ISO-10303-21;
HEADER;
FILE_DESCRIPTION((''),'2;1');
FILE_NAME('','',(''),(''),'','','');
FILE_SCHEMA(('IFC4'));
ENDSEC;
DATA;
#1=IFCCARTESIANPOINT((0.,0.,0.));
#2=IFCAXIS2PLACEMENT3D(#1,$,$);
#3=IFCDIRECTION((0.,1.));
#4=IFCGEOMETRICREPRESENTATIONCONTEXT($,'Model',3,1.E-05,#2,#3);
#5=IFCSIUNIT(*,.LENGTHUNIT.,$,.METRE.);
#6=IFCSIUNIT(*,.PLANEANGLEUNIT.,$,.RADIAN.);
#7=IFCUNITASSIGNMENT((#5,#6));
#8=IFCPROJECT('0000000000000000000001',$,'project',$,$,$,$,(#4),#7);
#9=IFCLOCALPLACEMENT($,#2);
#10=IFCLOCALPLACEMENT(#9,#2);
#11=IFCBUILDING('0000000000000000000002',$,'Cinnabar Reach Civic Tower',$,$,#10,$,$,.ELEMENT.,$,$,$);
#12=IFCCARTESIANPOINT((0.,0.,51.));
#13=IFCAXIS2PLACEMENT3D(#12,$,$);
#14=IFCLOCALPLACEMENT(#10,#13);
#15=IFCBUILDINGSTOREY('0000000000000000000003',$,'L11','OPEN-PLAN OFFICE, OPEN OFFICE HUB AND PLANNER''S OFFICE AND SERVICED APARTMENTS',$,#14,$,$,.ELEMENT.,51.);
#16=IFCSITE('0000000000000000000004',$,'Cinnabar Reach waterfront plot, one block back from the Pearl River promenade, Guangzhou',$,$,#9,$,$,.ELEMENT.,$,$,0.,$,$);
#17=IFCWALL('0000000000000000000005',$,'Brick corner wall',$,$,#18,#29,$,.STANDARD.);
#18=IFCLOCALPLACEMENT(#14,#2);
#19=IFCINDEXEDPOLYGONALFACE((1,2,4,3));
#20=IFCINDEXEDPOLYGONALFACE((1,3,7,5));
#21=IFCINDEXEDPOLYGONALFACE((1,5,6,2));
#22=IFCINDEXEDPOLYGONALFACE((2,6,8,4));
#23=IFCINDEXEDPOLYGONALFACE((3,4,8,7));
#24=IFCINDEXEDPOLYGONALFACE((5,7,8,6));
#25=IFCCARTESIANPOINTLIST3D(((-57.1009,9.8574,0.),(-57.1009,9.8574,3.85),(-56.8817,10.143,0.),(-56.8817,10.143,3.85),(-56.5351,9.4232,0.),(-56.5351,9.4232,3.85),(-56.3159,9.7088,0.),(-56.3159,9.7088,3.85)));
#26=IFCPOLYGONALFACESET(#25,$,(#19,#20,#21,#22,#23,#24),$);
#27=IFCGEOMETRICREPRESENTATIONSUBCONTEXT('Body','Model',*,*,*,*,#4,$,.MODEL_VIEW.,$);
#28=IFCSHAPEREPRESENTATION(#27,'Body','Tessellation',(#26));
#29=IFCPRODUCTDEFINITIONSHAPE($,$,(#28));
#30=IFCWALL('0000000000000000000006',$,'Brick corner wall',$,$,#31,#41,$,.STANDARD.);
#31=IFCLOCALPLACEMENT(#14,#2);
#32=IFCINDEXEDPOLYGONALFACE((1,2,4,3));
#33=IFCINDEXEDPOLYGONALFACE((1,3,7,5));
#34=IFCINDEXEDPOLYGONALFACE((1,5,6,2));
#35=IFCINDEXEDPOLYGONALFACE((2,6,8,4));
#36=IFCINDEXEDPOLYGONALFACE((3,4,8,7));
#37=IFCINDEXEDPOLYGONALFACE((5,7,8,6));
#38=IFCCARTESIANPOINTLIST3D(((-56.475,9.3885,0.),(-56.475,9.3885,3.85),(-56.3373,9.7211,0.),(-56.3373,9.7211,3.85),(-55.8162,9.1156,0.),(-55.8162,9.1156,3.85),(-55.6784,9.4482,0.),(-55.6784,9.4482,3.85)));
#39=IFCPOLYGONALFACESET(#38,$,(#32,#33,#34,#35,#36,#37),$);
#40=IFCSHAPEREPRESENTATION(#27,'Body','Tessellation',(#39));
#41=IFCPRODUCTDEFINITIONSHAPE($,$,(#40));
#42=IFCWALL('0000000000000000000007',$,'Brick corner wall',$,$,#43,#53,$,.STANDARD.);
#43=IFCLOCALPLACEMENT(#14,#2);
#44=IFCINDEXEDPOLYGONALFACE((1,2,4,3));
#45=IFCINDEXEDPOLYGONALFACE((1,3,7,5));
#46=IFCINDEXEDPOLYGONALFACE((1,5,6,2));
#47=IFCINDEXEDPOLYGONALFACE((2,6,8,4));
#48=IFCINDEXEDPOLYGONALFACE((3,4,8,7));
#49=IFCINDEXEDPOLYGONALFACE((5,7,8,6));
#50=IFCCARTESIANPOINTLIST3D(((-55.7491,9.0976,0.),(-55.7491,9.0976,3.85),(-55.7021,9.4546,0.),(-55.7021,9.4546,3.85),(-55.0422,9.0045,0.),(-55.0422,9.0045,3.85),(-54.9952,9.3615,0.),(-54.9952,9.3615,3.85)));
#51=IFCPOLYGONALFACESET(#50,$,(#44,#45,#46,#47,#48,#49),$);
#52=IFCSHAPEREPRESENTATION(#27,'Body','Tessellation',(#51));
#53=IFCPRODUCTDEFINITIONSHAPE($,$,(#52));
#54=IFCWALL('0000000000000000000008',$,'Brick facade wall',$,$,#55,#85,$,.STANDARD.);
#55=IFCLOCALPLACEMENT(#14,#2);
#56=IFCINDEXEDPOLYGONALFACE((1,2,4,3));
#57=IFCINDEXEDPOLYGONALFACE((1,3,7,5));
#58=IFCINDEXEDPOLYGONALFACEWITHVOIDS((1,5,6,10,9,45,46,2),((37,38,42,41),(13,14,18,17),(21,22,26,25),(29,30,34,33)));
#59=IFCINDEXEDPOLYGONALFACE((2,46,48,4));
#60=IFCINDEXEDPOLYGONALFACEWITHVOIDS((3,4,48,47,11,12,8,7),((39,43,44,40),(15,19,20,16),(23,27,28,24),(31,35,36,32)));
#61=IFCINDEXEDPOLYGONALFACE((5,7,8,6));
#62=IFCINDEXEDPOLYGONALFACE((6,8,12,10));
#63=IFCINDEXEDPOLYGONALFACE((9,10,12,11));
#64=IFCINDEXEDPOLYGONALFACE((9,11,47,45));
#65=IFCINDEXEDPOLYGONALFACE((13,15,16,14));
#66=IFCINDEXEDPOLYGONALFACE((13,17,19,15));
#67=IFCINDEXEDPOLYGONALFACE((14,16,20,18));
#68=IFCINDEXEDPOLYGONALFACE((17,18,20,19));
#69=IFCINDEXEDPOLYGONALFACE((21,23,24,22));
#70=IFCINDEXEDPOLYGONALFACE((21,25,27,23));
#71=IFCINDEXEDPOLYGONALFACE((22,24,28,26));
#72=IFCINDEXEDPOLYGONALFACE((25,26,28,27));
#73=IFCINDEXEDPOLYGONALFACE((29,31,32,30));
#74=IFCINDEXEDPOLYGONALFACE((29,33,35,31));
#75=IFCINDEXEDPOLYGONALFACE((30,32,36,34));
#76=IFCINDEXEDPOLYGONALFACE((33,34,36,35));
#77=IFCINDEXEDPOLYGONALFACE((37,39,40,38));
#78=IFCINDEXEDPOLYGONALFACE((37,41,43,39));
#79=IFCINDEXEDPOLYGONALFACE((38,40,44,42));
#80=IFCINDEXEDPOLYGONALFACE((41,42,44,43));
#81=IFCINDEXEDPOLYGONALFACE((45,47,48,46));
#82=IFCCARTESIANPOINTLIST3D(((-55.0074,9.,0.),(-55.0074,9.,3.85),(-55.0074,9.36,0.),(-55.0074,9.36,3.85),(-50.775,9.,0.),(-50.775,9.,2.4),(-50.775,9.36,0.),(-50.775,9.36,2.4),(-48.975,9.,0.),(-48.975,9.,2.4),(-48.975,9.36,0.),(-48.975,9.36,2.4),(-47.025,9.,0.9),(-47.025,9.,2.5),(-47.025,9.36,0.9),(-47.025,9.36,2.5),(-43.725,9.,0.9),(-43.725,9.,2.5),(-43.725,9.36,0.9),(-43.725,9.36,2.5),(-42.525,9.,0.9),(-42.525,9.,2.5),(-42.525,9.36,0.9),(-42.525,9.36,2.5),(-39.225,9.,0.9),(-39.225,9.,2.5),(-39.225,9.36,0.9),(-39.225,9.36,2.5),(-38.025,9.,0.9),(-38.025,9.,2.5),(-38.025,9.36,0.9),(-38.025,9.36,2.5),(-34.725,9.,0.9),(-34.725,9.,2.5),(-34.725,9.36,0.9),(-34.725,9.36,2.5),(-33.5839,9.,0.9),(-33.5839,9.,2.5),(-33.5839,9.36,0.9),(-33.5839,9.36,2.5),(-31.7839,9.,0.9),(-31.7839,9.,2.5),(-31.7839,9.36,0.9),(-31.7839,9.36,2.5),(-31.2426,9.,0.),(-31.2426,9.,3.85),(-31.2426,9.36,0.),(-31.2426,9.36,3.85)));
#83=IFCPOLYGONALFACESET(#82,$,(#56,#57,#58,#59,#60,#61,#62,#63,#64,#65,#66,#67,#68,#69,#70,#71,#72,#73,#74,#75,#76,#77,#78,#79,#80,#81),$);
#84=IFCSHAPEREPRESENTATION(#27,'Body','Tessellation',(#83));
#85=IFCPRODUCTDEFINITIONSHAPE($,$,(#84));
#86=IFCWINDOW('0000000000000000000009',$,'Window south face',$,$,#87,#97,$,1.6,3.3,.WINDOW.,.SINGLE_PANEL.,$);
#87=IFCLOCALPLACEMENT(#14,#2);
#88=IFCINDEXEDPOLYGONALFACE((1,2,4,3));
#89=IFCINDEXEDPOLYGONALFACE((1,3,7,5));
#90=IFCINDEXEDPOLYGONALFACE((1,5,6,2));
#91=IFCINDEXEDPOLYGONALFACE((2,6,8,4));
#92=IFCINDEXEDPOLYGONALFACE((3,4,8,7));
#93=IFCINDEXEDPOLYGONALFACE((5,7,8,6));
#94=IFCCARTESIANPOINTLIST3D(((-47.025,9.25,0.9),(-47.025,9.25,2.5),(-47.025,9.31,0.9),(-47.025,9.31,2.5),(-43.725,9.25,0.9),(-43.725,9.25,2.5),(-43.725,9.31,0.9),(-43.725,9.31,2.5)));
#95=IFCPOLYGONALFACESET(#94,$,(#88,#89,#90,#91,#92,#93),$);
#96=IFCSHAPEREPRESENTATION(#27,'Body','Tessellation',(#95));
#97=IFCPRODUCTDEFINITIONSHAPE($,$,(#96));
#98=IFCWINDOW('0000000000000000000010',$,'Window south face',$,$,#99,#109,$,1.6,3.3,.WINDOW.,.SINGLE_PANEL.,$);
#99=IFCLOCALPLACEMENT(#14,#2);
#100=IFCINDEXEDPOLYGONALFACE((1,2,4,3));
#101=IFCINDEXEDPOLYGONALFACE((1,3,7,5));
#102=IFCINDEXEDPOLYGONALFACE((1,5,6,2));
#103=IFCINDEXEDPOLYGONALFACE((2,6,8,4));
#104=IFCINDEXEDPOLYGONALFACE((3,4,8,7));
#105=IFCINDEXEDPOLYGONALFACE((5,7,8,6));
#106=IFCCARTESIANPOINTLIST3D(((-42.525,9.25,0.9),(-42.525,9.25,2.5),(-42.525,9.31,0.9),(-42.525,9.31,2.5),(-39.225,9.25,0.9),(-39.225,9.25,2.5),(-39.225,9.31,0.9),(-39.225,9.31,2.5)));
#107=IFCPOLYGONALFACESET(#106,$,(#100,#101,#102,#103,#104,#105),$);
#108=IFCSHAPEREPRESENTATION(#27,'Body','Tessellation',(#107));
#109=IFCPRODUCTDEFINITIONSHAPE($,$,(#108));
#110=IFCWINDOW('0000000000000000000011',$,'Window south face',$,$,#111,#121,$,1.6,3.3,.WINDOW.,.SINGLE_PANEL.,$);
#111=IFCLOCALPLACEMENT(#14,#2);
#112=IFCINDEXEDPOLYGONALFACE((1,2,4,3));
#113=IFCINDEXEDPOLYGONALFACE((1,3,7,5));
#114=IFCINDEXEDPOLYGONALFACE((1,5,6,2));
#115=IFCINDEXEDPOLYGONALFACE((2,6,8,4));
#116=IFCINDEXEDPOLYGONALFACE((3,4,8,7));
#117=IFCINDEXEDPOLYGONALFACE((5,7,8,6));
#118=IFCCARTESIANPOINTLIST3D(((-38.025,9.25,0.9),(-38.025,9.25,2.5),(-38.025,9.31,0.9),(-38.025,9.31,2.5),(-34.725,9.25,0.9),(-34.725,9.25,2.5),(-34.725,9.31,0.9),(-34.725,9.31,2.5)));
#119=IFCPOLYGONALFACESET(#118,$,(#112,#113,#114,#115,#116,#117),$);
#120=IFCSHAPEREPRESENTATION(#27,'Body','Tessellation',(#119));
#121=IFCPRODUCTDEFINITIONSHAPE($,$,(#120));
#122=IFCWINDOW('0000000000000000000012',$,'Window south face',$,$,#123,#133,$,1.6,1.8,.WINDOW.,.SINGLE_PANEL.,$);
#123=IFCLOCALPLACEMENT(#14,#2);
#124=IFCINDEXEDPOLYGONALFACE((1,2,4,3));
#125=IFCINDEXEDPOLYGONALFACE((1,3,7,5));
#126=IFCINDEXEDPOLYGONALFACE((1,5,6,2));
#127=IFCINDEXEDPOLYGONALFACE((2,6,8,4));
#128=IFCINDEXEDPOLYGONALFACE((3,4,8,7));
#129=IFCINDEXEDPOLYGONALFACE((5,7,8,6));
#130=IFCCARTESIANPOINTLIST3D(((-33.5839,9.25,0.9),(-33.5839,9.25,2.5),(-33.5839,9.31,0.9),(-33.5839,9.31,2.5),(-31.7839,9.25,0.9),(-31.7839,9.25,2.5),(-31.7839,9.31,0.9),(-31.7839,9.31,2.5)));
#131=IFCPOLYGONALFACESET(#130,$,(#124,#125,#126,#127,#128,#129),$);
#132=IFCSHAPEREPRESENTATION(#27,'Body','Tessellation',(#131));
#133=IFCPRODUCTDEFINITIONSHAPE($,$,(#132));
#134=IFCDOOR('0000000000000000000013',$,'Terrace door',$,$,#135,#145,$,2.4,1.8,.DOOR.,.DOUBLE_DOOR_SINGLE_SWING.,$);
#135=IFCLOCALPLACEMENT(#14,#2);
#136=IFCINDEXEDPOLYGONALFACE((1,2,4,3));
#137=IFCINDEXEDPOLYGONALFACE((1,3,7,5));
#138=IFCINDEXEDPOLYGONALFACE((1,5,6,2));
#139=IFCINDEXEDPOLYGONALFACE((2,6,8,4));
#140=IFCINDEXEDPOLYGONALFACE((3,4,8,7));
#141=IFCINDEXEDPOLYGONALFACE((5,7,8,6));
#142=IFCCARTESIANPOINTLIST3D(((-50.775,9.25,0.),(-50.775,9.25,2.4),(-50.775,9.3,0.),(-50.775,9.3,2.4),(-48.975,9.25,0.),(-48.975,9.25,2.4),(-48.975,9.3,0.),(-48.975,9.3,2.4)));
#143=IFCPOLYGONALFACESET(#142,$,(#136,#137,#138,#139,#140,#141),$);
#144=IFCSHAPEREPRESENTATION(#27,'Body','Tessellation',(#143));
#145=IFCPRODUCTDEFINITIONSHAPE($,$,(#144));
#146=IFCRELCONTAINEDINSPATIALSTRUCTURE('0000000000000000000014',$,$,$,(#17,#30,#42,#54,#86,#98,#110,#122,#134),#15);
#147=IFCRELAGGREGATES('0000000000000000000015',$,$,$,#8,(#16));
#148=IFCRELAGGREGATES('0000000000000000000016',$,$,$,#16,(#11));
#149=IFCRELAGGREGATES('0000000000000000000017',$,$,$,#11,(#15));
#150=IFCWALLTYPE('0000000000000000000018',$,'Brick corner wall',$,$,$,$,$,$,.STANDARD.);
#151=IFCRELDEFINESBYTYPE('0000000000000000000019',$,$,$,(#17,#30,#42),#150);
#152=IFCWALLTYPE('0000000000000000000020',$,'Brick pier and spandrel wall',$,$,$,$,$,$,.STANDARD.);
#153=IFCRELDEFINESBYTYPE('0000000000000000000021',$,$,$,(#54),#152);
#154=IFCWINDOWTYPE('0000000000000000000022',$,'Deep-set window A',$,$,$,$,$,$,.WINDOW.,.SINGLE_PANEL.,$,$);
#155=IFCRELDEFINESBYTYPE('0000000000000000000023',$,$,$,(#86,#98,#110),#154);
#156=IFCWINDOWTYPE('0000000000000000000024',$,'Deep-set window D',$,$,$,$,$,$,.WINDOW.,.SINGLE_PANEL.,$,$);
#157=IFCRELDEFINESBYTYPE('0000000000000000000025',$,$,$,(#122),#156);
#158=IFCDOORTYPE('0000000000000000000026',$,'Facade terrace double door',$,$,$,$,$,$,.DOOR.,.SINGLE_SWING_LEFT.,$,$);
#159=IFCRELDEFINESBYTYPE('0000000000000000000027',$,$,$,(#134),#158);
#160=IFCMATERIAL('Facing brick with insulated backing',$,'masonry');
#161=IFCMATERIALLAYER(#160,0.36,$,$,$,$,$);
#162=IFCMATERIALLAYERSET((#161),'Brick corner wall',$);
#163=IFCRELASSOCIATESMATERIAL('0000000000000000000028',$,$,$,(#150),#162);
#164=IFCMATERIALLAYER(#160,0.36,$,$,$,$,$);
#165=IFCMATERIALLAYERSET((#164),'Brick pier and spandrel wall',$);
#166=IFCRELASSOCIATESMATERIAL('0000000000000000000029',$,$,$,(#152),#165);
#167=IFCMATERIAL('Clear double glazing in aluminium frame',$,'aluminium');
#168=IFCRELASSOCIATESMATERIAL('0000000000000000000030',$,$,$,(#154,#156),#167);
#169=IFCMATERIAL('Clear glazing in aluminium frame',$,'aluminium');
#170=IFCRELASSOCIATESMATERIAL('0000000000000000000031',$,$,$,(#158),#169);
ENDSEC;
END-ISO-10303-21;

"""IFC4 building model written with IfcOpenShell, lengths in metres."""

from ifc_helpers import new_model, si_unit, direction, frame, frame_2d, origin, place, context, subcontext, project, spatial, rectangle, extrude, material, layer, layer_set, type_object, element, fill, save


model = new_model("IFC4")

# Units and contexts
model_context = context("Model", 3, precision=1e-05, world=origin(), true_north=direction((0.0, 1.0)))
body_context = subcontext(model_context, "Body", "Model", "MODEL_VIEW")
ifc_project = project(units=[si_unit("LENGTHUNIT", "METRE"), si_unit("PLANEANGLEUNIT", "RADIAN")], contexts=[model_context])

# Site, building, storey
site_placement = place(None, origin())
site = spatial("IfcSite", under=ifc_project, at=site_placement, Name="Cinnabar Reach waterfront plot, one block back from the Pearl River promenade, Guangzhou", CompositionType="ELEMENT", RefElevation=0.0)
building_placement = place(site_placement, origin())
building = spatial("IfcBuilding", under=site, at=building_placement, Name="Cinnabar Reach Civic Tower", CompositionType="ELEMENT")
storey_placement = place(building_placement, frame((0.0, 0.0, 51.0)))
storey = spatial("IfcBuildingStorey", under=building, at=storey_placement, Name="L11", Description="OPEN-PLAN OFFICE, OPEN OFFICE HUB AND PLANNER'S OFFICE AND SERVICED APARTMENTS", CompositionType="ELEMENT", Elevation=51.0)

# Walls
ifc_material_1 = material(Name="Facing brick with insulated backing", Category="masonry")
ifc_layer_1 = layer(ifc_material_1, 0.36)
ifc_layer_set_1 = layer_set([ifc_layer_1], Name="Brick corner wall")
wall_type_1 = type_object("IfcWallType", Name="Brick corner wall", PredefinedType="STANDARD", material=ifc_layer_set_1)
wall_1_placement = place(storey_placement, frame((-56.9913, 10.0002, 0.0), z_axis=(0.0, 0.0, 1.0), x_axis=(0.793322, -0.608802, 0.0)))
element("IfcWall", 1, at=wall_1_placement, inside=storey, type_object=wall_type_1, Name="Brick corner wall", PredefinedType="STANDARD", context=body_context, shape_type="SweptSolid", body=[
    extrude(rectangle(XDim=0.7132, YDim=0.36, at=frame_2d((0.3566, 0.0))), origin(), (0.0, 0.0, 1.0), 3.85),
])
for number, where, z_axis, x_axis, name in (
    (2, (-56.4061, 9.5548, 0.0), (0.0, 0.0, 1.0), (0.923872, -0.382703, 0.0), "Brick corner wall"),
    (3, (-55.7256, 9.2761, 0.0), (0.0, 0.0, 1.0), (0.991441, -0.130556, 0.0), "Brick corner wall"),
):
    element("IfcWall", number, at=place(storey_placement, frame(where, z_axis=z_axis, x_axis=x_axis)), inside=storey, type_object=wall_type_1, Name=name, PredefinedType="STANDARD", context=body_context, shape_type="SweptSolid", body=[
        extrude(rectangle(XDim=0.7131, YDim=0.36, at=frame_2d((0.3565, 0.0))), origin(), (0.0, 0.0, 1.0), 3.85),
    ])

# Wall, openings, windows, door
ifc_layer_2 = layer(ifc_material_1, 0.36)
ifc_layer_set_2 = layer_set([ifc_layer_2], Name="Brick pier and spandrel wall")
wall_type_2 = type_object("IfcWallType", Name="Brick pier and spandrel wall", PredefinedType="STANDARD", material=ifc_layer_set_2)
wall_2_placement = place(storey_placement, frame((-55.0074, 9.18, 0.0), z_axis=(0.0, 0.0, 1.0), x_axis=(1.0, 0.0, 0.0)))
wall_2 = element("IfcWall", 4, at=wall_2_placement, inside=storey, type_object=wall_type_2, Name="Brick facade wall", PredefinedType="STANDARD", context=body_context, shape_type="SweptSolid", body=[
    extrude(rectangle(XDim=23.7648, YDim=0.36, at=frame_2d((11.8824, 0.0))), origin(), (0.0, 0.0, 1.0), 3.85),
])
opening_1_placement = place(wall_2_placement, frame((4.2324, 0.0, 0.0)))
opening_1 = element("IfcOpeningElement", 5, at=opening_1_placement, cuts=wall_2, PredefinedType="OPENING", context=body_context, shape_type="SweptSolid", body=[
    extrude(rectangle(XDim=1.8, YDim=2.4, at=frame_2d((0.9, 1.2))), frame((0.0, 0.19, 0.0), z_axis=(0.0, -1.0, 0.0), x_axis=(1.0, 0.0, 0.0)), (0.0, 0.0, 1.0), 0.38),
])
opening_2_placement = place(wall_2_placement, frame((7.9824, 0.0, 0.9)))
opening_2 = element("IfcOpeningElement", 6, at=opening_2_placement, cuts=wall_2, PredefinedType="OPENING", context=body_context, shape_type="SweptSolid", body=[
    extrude(rectangle(XDim=3.3, YDim=1.6, at=frame_2d((1.65, 0.8))), frame((0.0, 0.19, 0.0), z_axis=(0.0, -1.0, 0.0), x_axis=(1.0, 0.0, 0.0)), (0.0, 0.0, 1.0), 0.38),
])
opening_3_placement = place(wall_2_placement, frame((12.4824, 0.0, 0.9)))
opening_3 = element("IfcOpeningElement", 7, at=opening_3_placement, cuts=wall_2, PredefinedType="OPENING", context=body_context, shape_type="SweptSolid", body=[
    extrude(rectangle(XDim=3.3, YDim=1.6, at=frame_2d((1.65, 0.8))), frame((0.0, 0.19, 0.0), z_axis=(0.0, -1.0, 0.0), x_axis=(1.0, 0.0, 0.0)), (0.0, 0.0, 1.0), 0.38),
])
opening_4_placement = place(wall_2_placement, frame((16.9824, 0.0, 0.9)))
opening_4 = element("IfcOpeningElement", 8, at=opening_4_placement, cuts=wall_2, PredefinedType="OPENING", context=body_context, shape_type="SweptSolid", body=[
    extrude(rectangle(XDim=3.3, YDim=1.6, at=frame_2d((1.65, 0.8))), frame((0.0, 0.19, 0.0), z_axis=(0.0, -1.0, 0.0), x_axis=(1.0, 0.0, 0.0)), (0.0, 0.0, 1.0), 0.38),
])
opening_5_placement = place(wall_2_placement, frame((21.4235, 0.0, 0.9)))
opening_5 = element("IfcOpeningElement", 9, at=opening_5_placement, cuts=wall_2, PredefinedType="OPENING", context=body_context, shape_type="SweptSolid", body=[
    extrude(rectangle(XDim=1.8, YDim=1.6, at=frame_2d((0.9, 0.8))), frame((0.0, 0.19, 0.0), z_axis=(0.0, -1.0, 0.0), x_axis=(1.0, 0.0, 0.0)), (0.0, 0.0, 1.0), 0.38),
])
ifc_material_2 = material(Name="Clear double glazing in aluminium frame", Category="aluminium")
window_type_1 = type_object("IfcWindowType", Name="Deep-set window A", PartitioningType="SINGLE_PANEL", PredefinedType="WINDOW", material=ifc_material_2)
window_1_placement = place(opening_2_placement, origin())
window_1 = element("IfcWindow", 10, at=window_1_placement, inside=storey, type_object=window_type_1, Name="Window south face", OverallHeight=1.6, OverallWidth=3.3, PartitioningType="SINGLE_PANEL", PredefinedType="WINDOW", context=body_context, shape_type="SweptSolid", body=[
    extrude(rectangle(XDim=3.3, YDim=1.6, at=frame_2d((1.65, 0.8))), frame((0.0, 0.13, 0.0), z_axis=(0.0, -1.0, 0.0), x_axis=(1.0, 0.0, 0.0)), (0.0, 0.0, 1.0), 0.06),
])
fill(opening_2, window_1)
window_2_placement = place(opening_3_placement, origin())
window_2 = element("IfcWindow", 11, at=window_2_placement, inside=storey, type_object=window_type_1, Name="Window south face", OverallHeight=1.6, OverallWidth=3.3, PartitioningType="SINGLE_PANEL", PredefinedType="WINDOW", context=body_context, shape_type="SweptSolid", body=[
    extrude(rectangle(XDim=3.3, YDim=1.6, at=frame_2d((1.65, 0.8))), frame((0.0, 0.13, 0.0), z_axis=(0.0, -1.0, 0.0), x_axis=(1.0, 0.0, 0.0)), (0.0, 0.0, 1.0), 0.06),
])
fill(opening_3, window_2)
window_3_placement = place(opening_4_placement, origin())
window_3 = element("IfcWindow", 12, at=window_3_placement, inside=storey, type_object=window_type_1, Name="Window south face", OverallHeight=1.6, OverallWidth=3.3, PartitioningType="SINGLE_PANEL", PredefinedType="WINDOW", context=body_context, shape_type="SweptSolid", body=[
    extrude(rectangle(XDim=3.3, YDim=1.6, at=frame_2d((1.65, 0.8))), frame((0.0, 0.13, 0.0), z_axis=(0.0, -1.0, 0.0), x_axis=(1.0, 0.0, 0.0)), (0.0, 0.0, 1.0), 0.06),
])
fill(opening_4, window_3)
window_type_2 = type_object("IfcWindowType", Name="Deep-set window D", PartitioningType="SINGLE_PANEL", PredefinedType="WINDOW", material=ifc_material_2)
window_4_placement = place(opening_5_placement, origin())
window_4 = element("IfcWindow", 13, at=window_4_placement, inside=storey, type_object=window_type_2, Name="Window south face", OverallHeight=1.6, OverallWidth=1.8, PartitioningType="SINGLE_PANEL", PredefinedType="WINDOW", context=body_context, shape_type="SweptSolid", body=[
    extrude(rectangle(XDim=1.8, YDim=1.6, at=frame_2d((0.9, 0.8))), frame((0.0, 0.13, 0.0), z_axis=(0.0, -1.0, 0.0), x_axis=(1.0, 0.0, 0.0)), (0.0, 0.0, 1.0), 0.06),
])
fill(opening_5, window_4)
ifc_material_3 = material(Name="Clear glazing in aluminium frame", Category="aluminium")
door_type_1 = type_object("IfcDoorType", Name="Facade terrace double door", OperationType="SINGLE_SWING_LEFT", PredefinedType="DOOR", material=ifc_material_3)
door_1_placement = place(opening_1_placement, frame((1.8, 0.0, 0.0), z_axis=(0.0, 0.0, 1.0), x_axis=(-1.0, 0.0, 0.0)))
door_1 = element("IfcDoor", 14, at=door_1_placement, inside=storey, type_object=door_type_1, Name="Terrace door", OperationType="DOUBLE_DOOR_SINGLE_SWING", OverallHeight=2.4, OverallWidth=1.8, PredefinedType="DOOR", context=body_context, shape_type="SweptSolid", body=[
    extrude(rectangle(XDim=1.8, YDim=2.4, at=frame_2d((0.9, 1.2))), frame((0.0, -0.07, 0.0), z_axis=(0.0, -1.0, 0.0), x_axis=(1.0, 0.0, 0.0)), (0.0, 0.0, 1.0), 0.05),
])
fill(opening_1, door_1)

save(model, "model.ifc")
